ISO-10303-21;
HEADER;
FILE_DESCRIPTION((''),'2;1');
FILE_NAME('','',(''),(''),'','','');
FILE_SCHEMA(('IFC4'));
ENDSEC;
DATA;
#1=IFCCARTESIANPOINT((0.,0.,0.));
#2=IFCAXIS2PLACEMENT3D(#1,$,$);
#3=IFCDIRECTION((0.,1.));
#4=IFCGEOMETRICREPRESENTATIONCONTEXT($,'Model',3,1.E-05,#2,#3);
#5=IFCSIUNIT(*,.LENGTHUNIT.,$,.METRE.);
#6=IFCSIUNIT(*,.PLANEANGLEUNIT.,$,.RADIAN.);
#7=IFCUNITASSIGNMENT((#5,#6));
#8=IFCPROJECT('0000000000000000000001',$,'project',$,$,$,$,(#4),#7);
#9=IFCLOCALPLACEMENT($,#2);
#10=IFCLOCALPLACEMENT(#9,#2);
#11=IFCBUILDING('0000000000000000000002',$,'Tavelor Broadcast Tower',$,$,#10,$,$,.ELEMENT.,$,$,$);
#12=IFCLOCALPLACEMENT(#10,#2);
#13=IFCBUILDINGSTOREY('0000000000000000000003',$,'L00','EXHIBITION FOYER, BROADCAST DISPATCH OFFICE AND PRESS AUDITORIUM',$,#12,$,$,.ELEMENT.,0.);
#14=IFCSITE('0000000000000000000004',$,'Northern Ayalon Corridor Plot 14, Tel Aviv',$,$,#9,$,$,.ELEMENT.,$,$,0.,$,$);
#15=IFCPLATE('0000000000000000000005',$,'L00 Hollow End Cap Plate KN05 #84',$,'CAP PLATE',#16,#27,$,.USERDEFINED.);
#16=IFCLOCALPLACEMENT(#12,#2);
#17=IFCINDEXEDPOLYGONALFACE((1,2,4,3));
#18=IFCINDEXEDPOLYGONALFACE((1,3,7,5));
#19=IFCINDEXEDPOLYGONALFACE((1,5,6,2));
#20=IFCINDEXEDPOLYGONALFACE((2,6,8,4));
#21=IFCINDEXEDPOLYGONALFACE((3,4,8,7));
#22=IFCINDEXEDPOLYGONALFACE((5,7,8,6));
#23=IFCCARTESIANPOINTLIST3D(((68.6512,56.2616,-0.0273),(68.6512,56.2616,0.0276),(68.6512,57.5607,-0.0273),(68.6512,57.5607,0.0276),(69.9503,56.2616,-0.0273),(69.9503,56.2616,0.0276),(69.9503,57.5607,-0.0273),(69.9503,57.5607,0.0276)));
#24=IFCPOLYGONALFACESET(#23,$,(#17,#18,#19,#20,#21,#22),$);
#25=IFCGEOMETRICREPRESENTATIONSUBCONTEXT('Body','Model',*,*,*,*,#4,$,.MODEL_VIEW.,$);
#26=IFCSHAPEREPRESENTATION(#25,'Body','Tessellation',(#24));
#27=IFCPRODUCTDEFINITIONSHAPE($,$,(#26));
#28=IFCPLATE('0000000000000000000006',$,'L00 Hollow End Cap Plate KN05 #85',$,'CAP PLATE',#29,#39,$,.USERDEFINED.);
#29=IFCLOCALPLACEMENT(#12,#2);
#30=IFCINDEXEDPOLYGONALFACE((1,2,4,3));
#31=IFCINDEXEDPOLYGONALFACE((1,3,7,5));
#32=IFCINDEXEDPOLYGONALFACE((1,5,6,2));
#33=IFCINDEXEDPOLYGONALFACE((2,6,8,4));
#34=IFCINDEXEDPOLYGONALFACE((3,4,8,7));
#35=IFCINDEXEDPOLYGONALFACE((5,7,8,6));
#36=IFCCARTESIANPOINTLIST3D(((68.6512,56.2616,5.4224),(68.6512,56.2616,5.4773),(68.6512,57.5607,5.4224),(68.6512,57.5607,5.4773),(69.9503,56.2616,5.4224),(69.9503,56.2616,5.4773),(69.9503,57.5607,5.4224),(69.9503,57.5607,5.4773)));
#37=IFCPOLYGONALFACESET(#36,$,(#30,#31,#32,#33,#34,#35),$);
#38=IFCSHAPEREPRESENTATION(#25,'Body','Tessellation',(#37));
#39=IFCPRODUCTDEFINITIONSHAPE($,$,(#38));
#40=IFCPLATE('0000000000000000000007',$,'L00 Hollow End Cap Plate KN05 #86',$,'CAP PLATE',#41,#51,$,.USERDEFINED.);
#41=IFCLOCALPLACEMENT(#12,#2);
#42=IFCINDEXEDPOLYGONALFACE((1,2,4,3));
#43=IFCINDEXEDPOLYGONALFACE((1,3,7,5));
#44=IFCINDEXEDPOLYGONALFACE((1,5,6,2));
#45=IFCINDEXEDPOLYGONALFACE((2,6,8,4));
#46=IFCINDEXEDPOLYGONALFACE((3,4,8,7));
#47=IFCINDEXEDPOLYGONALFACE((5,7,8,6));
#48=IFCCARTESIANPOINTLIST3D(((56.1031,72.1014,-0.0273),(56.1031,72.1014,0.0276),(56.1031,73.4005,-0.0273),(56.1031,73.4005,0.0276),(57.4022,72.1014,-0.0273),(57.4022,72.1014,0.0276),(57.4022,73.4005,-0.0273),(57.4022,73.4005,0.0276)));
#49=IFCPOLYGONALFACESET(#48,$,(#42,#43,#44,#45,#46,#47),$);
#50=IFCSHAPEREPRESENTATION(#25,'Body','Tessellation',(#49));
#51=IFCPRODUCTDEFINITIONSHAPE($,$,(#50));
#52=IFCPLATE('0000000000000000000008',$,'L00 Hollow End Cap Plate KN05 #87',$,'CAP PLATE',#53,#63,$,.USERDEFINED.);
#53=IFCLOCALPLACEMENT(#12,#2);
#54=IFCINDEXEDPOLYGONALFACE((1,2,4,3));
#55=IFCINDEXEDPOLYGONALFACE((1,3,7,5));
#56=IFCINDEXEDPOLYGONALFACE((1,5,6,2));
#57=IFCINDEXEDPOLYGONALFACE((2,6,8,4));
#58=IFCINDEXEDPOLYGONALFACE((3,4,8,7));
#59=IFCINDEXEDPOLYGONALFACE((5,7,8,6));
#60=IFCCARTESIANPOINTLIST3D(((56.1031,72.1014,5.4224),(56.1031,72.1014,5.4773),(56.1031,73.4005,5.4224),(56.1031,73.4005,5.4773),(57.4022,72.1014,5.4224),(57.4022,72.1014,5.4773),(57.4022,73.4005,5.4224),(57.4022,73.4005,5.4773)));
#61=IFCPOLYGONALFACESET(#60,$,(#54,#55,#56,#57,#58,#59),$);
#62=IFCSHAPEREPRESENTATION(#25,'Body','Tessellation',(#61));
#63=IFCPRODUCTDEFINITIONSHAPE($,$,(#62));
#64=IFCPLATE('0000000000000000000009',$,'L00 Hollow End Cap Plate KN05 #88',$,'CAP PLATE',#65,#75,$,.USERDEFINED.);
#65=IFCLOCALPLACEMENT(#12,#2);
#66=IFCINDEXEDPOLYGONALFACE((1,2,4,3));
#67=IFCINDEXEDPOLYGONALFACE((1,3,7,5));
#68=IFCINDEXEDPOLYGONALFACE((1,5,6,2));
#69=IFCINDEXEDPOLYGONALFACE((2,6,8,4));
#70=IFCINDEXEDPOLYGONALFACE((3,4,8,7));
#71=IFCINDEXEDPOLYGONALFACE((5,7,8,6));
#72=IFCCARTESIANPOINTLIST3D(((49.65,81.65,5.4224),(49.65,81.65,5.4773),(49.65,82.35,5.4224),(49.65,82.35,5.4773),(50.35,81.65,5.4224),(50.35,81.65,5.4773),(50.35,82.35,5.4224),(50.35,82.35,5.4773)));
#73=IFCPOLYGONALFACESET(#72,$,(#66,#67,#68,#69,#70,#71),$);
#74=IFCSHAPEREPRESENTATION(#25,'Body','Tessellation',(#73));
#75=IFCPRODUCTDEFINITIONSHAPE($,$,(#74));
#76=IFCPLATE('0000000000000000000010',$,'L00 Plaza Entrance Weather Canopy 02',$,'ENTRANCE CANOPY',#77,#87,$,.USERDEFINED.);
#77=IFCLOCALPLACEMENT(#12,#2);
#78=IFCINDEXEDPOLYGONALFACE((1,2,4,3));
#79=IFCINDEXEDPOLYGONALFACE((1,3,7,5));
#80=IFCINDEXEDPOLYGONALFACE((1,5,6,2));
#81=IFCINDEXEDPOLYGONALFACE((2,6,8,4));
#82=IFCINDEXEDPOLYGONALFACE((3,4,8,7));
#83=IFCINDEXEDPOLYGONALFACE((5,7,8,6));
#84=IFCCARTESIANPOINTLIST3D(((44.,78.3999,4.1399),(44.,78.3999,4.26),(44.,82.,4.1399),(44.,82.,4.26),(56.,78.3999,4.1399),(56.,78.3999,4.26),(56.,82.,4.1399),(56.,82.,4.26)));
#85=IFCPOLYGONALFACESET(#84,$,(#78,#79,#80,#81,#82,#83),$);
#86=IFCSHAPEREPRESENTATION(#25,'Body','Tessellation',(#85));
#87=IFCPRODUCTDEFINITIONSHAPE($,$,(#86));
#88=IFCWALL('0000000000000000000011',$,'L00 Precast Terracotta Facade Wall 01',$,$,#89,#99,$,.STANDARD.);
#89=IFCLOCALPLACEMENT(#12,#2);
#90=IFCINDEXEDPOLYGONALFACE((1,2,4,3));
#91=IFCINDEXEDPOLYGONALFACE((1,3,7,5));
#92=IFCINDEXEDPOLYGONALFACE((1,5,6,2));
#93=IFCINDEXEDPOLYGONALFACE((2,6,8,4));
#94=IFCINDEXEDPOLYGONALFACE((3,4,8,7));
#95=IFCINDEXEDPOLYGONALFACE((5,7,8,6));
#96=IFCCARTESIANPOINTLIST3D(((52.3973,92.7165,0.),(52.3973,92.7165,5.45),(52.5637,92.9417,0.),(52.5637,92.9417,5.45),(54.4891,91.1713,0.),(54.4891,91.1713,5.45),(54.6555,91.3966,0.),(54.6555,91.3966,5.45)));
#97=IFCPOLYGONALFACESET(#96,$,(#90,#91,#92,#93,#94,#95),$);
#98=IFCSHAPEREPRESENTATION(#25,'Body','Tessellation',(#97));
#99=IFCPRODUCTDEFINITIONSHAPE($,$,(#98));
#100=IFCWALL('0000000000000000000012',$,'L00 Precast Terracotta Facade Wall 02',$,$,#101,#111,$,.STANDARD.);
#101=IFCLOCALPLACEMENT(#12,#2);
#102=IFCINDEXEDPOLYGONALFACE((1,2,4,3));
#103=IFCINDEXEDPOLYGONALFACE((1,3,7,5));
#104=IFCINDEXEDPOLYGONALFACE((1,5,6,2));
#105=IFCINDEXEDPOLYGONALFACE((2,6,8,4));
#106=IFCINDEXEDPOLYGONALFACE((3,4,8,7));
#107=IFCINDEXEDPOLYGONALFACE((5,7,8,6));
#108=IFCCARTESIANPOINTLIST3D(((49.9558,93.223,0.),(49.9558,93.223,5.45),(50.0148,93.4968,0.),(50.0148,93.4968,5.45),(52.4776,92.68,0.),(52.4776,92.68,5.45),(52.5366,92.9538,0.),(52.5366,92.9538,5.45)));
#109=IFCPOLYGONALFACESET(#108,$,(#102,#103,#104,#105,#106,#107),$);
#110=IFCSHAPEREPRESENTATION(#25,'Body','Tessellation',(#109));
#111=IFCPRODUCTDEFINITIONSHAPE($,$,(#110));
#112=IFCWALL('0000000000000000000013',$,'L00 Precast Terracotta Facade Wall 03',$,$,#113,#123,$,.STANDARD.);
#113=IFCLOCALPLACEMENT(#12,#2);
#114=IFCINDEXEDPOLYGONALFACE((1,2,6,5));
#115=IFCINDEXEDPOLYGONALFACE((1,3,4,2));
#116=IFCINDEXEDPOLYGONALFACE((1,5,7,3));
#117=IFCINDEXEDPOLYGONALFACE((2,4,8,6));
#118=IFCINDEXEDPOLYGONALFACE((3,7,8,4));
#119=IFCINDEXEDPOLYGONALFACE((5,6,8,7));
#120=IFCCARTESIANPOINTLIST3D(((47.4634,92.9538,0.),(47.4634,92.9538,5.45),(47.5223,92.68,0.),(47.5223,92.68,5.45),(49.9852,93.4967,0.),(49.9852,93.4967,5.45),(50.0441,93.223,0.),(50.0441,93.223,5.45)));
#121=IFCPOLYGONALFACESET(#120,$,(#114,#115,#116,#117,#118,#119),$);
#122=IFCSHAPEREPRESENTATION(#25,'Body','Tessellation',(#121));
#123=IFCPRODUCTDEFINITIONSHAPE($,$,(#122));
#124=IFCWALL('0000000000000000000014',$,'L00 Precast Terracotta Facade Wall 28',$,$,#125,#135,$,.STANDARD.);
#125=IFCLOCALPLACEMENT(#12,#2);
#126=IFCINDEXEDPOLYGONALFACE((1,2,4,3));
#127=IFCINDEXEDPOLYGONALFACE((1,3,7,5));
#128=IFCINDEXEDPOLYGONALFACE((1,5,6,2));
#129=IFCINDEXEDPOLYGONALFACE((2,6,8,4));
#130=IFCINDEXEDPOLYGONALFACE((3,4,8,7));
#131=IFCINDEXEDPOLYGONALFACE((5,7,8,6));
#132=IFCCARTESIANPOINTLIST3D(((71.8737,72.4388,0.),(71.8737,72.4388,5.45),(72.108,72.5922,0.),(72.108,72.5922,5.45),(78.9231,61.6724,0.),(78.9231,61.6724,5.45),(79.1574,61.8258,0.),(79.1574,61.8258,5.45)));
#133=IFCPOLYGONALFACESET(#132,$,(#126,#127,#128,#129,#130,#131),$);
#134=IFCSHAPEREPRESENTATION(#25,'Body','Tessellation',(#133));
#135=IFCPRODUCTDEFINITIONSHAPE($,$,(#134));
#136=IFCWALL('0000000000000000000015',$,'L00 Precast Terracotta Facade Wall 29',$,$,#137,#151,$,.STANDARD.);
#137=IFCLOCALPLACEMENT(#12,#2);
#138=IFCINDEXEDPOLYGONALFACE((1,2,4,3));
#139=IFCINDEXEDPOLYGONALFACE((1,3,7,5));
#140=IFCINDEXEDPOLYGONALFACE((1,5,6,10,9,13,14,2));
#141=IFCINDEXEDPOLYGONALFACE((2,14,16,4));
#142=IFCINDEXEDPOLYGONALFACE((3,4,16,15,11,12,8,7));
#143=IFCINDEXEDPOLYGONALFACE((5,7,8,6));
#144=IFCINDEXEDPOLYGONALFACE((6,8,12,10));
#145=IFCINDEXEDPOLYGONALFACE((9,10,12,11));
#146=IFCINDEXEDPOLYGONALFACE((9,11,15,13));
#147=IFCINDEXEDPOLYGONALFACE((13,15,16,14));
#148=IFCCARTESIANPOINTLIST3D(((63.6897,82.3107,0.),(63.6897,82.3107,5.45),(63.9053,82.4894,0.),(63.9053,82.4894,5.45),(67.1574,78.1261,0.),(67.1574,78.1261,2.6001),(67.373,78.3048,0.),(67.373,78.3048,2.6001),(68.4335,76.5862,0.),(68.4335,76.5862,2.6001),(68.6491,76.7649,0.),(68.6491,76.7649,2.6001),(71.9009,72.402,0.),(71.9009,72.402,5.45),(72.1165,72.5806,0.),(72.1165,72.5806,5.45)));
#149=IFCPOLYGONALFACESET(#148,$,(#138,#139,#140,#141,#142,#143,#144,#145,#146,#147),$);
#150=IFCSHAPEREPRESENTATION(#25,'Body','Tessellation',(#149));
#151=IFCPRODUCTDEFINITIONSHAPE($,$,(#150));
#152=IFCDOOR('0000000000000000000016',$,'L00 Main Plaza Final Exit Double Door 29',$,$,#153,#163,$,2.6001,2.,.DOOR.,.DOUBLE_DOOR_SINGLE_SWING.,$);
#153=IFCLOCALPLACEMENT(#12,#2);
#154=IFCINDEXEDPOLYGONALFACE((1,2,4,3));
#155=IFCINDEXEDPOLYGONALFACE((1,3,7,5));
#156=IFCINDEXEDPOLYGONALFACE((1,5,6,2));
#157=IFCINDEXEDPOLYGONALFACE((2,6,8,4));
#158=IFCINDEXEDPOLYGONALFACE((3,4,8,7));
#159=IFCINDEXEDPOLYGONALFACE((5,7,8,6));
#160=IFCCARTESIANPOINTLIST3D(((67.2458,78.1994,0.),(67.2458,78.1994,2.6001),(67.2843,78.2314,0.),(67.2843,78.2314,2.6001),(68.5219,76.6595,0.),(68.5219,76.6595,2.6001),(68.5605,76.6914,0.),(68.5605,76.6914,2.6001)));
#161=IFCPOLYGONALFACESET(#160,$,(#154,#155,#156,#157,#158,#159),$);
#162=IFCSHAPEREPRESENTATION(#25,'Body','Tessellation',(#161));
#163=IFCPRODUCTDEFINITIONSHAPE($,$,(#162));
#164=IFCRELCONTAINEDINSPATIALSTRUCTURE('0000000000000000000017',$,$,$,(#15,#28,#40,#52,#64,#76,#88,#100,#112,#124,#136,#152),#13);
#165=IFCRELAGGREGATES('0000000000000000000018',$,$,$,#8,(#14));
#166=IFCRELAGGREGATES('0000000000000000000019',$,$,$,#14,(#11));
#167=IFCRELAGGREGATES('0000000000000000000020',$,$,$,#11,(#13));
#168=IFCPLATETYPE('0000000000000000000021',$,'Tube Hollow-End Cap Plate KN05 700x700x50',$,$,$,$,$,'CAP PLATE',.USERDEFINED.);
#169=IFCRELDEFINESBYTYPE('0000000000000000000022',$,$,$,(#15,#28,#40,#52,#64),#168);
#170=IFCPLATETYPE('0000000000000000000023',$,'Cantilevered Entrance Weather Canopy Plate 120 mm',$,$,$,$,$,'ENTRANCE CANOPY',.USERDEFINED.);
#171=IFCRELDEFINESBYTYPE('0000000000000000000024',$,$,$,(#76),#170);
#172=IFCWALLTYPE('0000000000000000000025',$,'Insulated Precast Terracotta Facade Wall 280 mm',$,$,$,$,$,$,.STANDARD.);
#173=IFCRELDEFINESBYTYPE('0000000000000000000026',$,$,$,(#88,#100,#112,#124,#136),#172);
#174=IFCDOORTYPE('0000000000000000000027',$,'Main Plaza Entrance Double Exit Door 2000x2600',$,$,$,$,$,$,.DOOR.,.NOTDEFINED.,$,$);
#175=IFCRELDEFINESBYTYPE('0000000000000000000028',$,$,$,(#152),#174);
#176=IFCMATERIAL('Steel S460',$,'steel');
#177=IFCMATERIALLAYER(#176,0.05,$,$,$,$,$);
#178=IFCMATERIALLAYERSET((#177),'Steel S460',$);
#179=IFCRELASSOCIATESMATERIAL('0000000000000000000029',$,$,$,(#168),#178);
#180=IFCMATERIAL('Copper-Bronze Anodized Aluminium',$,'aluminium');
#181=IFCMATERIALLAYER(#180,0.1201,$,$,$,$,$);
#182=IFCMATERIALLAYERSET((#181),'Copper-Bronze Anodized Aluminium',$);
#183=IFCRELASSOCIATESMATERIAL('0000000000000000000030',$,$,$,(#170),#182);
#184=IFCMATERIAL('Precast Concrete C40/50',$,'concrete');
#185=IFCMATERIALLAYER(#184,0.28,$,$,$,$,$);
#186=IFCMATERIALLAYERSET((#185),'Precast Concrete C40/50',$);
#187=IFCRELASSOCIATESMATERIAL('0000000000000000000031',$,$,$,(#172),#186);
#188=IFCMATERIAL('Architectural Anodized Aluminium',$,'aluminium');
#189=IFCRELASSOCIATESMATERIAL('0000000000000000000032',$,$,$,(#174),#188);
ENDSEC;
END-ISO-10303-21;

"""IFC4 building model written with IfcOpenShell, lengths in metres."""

from ifc_helpers import new_model, si_unit, direction, frame, frame_2d, origin, origin_2d, place, context, subcontext, project, spatial, rectangle, extrude, source, transform, mapped, material, layer, layer_set, type_object, type_shapes, element, fill, save


model = new_model("IFC4")

# Units and contexts
model_context = context("Model", 3, precision=1e-05, world=origin(), true_north=direction((0.0, 1.0)))
body_context = subcontext(model_context, "Body", "Model", "MODEL_VIEW")
ifc_project = project(units=[si_unit("LENGTHUNIT", "METRE"), si_unit("PLANEANGLEUNIT", "RADIAN")], contexts=[model_context])

# Site, building, storey
site_placement = place(None, origin())
site = spatial("IfcSite", under=ifc_project, at=site_placement, Name="Northern Ayalon Corridor Plot 14, Tel Aviv", CompositionType="ELEMENT", RefElevation=0.0)
building_placement = place(site_placement, origin())
building = spatial("IfcBuilding", under=site, at=building_placement, Name="Tavelor Broadcast Tower", CompositionType="ELEMENT")
storey_placement = place(building_placement, origin())
storey = spatial("IfcBuildingStorey", under=building, at=storey_placement, Name="L00", Description="EXHIBITION FOYER, BROADCAST DISPATCH OFFICE AND PRESS AUDITORIUM", CompositionType="ELEMENT", Elevation=0.0)

# Shared definitions
ifc_material_1 = material(Name="Steel S460", Category="steel")

# Plates
ifc_layer_1 = layer(ifc_material_1, 0.05)
ifc_layer_set_1 = layer_set([ifc_layer_1], Name="Steel S460")
plate_type_1 = type_object("IfcPlateType", Name="Tube Hollow-End Cap Plate KN05 700x700x50", ElementType="CAP PLATE", PredefinedType="USERDEFINED", material=ifc_layer_set_1)
shared_shape_1 = source(origin(), body_context, "Body", "SweptSolid", [
    extrude(rectangle(XDim=1.2991, YDim=1.2991, at=origin_2d()), origin(), (0.0, 0.0, 1.0), 0.0549),
])
for number, where, z_axis, x_axis, name in (
    (1, (69.3008, 56.9111, -0.0273), (0.0, 0.0, 1.0), (1.0, 0.0, 0.0), "L00 Hollow End Cap Plate KN05 #84"),
    (2, (69.3008, 56.9111, 5.4224), (0.0, 0.0, 1.0), (1.0, 0.0, 0.0), "L00 Hollow End Cap Plate KN05 #85"),
    (3, (56.7527, 72.751, -0.0273), (0.0, 0.0, 1.0), (1.0, 0.0, 0.0), "L00 Hollow End Cap Plate KN05 #86"),
    (4, (56.7527, 72.751, 5.4224), (0.0, 0.0, 1.0), (1.0, 0.0, 0.0), "L00 Hollow End Cap Plate KN05 #87"),
):
    element("IfcPlate", number, at=place(storey_placement, frame(where, z_axis=z_axis, x_axis=x_axis)), inside=storey, type_object=plate_type_1, Name=name, ObjectType="CAP PLATE", PredefinedType="USERDEFINED", context=body_context, shape_type="MappedRepresentation", body=[
        mapped(shared_shape_1, transform((0.0, 0.0, 0.0), scale=1.0)),
    ])
shared_shape_2 = source(origin(), body_context, "Body", "SweptSolid", [
    extrude(rectangle(XDim=0.7, YDim=0.7, at=origin_2d()), origin(), (0.0, 0.0, 1.0), 0.0549),
])
type_shapes(plate_type_1, [shared_shape_1, shared_shape_2])
plate_1_placement = place(storey_placement, frame((50.0, 82.0, 5.4224), z_axis=(0.0, 0.0, 1.0), x_axis=(1.0, 0.0, 0.0)))
element("IfcPlate", 5, at=plate_1_placement, inside=storey, type_object=plate_type_1, Name="L00 Hollow End Cap Plate KN05 #88", ObjectType="CAP PLATE", PredefinedType="USERDEFINED", context=body_context, shape_type="MappedRepresentation", body=[
    mapped(shared_shape_2, transform((0.0, 0.0, 0.0), scale=1.0)),
])
ifc_material_2 = material(Name="Copper-Bronze Anodized Aluminium", Category="aluminium")
ifc_layer_2 = layer(ifc_material_2, 0.1201)
ifc_layer_set_2 = layer_set([ifc_layer_2], Name="Copper-Bronze Anodized Aluminium")
plate_type_2 = type_object("IfcPlateType", Name="Cantilevered Entrance Weather Canopy Plate 120 mm", ElementType="ENTRANCE CANOPY", PredefinedType="USERDEFINED", material=ifc_layer_set_2)
shared_shape_3 = source(origin(), body_context, "Body", "SweptSolid", [
    extrude(rectangle(XDim=12.0, YDim=3.6001, at=origin_2d()), origin(), (0.0, 0.0, 1.0), 0.1201),
])
type_shapes(plate_type_2, [shared_shape_3])
plate_2_placement = place(storey_placement, frame((50.0, 80.2, 4.1399), z_axis=(0.0, 0.0, 1.0), x_axis=(1.0, 0.0, 0.0)))
element("IfcPlate", 6, at=plate_2_placement, inside=storey, type_object=plate_type_2, Name="L00 Plaza Entrance Weather Canopy 02", ObjectType="ENTRANCE CANOPY", PredefinedType="USERDEFINED", context=body_context, shape_type="MappedRepresentation", body=[
    mapped(shared_shape_3, transform((0.0, 0.0, 0.0), scale=1.0)),
])

# Walls
ifc_material_3 = material(Name="Precast Concrete C40/50", Category="concrete")
ifc_layer_3 = layer(ifc_material_3, 0.28)
ifc_layer_set_3 = layer_set([ifc_layer_3], Name="Precast Concrete C40/50")
wall_type = type_object("IfcWallType", Name="Insulated Precast Terracotta Facade Wall 280 mm", PredefinedType="STANDARD", material=ifc_layer_set_3)
wall_1_placement = place(storey_placement, frame((54.5723, 91.2839, 0.0), z_axis=(0.0, 0.0, 1.0), x_axis=(-0.80435, 0.594156, 0.0)))
element("IfcWall", 7, at=wall_1_placement, inside=storey, type_object=wall_type, Name="L00 Precast Terracotta Facade Wall 01", PredefinedType="STANDARD", context=body_context, shape_type="SweptSolid", body=[
    extrude(rectangle(XDim=2.6006, YDim=0.28, at=frame_2d((1.3003, 0.0))), origin(), (0.0, 0.0, 1.0), 5.45),
])
for number, where, z_axis, x_axis, name in (
    (8, (52.5071, 92.8169, 0.0), (0.0, 0.0, 1.0), (-0.977596, 0.210492, 0.0), "L00 Precast Terracotta Facade Wall 02"),
    (9, (50.0146, 93.3599, 0.0), (0.0, 0.0, 1.0), (-0.977596, -0.210492, 0.0), "L00 Precast Terracotta Facade Wall 03"),
):
    element("IfcWall", number, at=place(storey_placement, frame(where, z_axis=z_axis, x_axis=x_axis)), inside=storey, type_object=wall_type, Name=name, PredefinedType="STANDARD", context=body_context, shape_type="SweptSolid", body=[
        extrude(rectangle(XDim=2.5796, YDim=0.28, at=frame_2d((1.2898, 0.0))), origin(), (0.0, 0.0, 1.0), 5.45),
    ])
wall_2_placement = place(storey_placement, frame((79.0403, 61.749, 0.0), z_axis=(0.0, 0.0, 1.0), x_axis=(-0.547781, 0.836622, 0.0)))
element("IfcWall", 10, at=wall_2_placement, inside=storey, type_object=wall_type, Name="L00 Precast Terracotta Facade Wall 28", PredefinedType="STANDARD", context=body_context, shape_type="SweptSolid", body=[
    extrude(rectangle(XDim=12.8689, YDim=0.28, at=frame_2d((6.4346, 0.0))), origin(), (0.0, 0.0, 1.0), 5.45),
])

# Wall, opening, door
wall_3_placement = place(storey_placement, frame((72.0088, 72.4912, 0.0), z_axis=(0.0, 0.0, 1.0), x_axis=(-0.63807, 0.769979, 0.0)))
wall_3 = element("IfcWall", 11, at=wall_3_placement, inside=storey, type_object=wall_type, Name="L00 Precast Terracotta Facade Wall 29", PredefinedType="STANDARD", context=body_context, shape_type="SweptSolid", body=[
    extrude(rectangle(XDim=12.8689, YDim=0.28, at=frame_2d((6.4346, 0.0))), origin(), (0.0, 0.0, 1.0), 5.45),
])
opening_1_placement = place(wall_3_placement, frame((5.4343, 0.0, 0.0)))
opening_1 = element("IfcOpeningElement", 12, at=opening_1_placement, cuts=wall_3, PredefinedType="OPENING", context=body_context, shape_type="SweptSolid", body=[
    extrude(rectangle(XDim=2.0, YDim=2.6001, at=frame_2d((1.0, 1.3))), frame((0.0, 0.1499, 0.0), z_axis=(0.0, -1.0, 0.0), x_axis=(1.0, 0.0, 0.0)), (0.0, 0.0, 1.0), 0.3),
])
ifc_material_4 = material(Name="Architectural Anodized Aluminium", Category="aluminium")
door_type = type_object("IfcDoorType", Name="Main Plaza Entrance Double Exit Door 2000x2600", OperationType="NOTDEFINED", PredefinedType="DOOR", material=ifc_material_4)
door_1_placement = place(opening_1_placement, frame((2.0, 0.0, 0.0), z_axis=(0.0, 0.0, 1.0), x_axis=(-1.0, 0.0, 0.0)))
door_1 = element("IfcDoor", 13, at=door_1_placement, inside=storey, type_object=door_type, Name="L00 Main Plaza Final Exit Double Door 29", OperationType="DOUBLE_DOOR_SINGLE_SWING", OverallHeight=2.6001, OverallWidth=2.0, PredefinedType="DOOR", context=body_context, shape_type="SweptSolid", body=[
    extrude(rectangle(XDim=2.0, YDim=2.6001, at=frame_2d((1.0, 1.3))), frame((0.0, 0.0249, 0.0), z_axis=(0.0, -1.0, 0.0), x_axis=(1.0, 0.0, 0.0)), (0.0, 0.0, 1.0), 0.05),
])
fill(opening_1, door_1)

save(model, "model.ifc")
